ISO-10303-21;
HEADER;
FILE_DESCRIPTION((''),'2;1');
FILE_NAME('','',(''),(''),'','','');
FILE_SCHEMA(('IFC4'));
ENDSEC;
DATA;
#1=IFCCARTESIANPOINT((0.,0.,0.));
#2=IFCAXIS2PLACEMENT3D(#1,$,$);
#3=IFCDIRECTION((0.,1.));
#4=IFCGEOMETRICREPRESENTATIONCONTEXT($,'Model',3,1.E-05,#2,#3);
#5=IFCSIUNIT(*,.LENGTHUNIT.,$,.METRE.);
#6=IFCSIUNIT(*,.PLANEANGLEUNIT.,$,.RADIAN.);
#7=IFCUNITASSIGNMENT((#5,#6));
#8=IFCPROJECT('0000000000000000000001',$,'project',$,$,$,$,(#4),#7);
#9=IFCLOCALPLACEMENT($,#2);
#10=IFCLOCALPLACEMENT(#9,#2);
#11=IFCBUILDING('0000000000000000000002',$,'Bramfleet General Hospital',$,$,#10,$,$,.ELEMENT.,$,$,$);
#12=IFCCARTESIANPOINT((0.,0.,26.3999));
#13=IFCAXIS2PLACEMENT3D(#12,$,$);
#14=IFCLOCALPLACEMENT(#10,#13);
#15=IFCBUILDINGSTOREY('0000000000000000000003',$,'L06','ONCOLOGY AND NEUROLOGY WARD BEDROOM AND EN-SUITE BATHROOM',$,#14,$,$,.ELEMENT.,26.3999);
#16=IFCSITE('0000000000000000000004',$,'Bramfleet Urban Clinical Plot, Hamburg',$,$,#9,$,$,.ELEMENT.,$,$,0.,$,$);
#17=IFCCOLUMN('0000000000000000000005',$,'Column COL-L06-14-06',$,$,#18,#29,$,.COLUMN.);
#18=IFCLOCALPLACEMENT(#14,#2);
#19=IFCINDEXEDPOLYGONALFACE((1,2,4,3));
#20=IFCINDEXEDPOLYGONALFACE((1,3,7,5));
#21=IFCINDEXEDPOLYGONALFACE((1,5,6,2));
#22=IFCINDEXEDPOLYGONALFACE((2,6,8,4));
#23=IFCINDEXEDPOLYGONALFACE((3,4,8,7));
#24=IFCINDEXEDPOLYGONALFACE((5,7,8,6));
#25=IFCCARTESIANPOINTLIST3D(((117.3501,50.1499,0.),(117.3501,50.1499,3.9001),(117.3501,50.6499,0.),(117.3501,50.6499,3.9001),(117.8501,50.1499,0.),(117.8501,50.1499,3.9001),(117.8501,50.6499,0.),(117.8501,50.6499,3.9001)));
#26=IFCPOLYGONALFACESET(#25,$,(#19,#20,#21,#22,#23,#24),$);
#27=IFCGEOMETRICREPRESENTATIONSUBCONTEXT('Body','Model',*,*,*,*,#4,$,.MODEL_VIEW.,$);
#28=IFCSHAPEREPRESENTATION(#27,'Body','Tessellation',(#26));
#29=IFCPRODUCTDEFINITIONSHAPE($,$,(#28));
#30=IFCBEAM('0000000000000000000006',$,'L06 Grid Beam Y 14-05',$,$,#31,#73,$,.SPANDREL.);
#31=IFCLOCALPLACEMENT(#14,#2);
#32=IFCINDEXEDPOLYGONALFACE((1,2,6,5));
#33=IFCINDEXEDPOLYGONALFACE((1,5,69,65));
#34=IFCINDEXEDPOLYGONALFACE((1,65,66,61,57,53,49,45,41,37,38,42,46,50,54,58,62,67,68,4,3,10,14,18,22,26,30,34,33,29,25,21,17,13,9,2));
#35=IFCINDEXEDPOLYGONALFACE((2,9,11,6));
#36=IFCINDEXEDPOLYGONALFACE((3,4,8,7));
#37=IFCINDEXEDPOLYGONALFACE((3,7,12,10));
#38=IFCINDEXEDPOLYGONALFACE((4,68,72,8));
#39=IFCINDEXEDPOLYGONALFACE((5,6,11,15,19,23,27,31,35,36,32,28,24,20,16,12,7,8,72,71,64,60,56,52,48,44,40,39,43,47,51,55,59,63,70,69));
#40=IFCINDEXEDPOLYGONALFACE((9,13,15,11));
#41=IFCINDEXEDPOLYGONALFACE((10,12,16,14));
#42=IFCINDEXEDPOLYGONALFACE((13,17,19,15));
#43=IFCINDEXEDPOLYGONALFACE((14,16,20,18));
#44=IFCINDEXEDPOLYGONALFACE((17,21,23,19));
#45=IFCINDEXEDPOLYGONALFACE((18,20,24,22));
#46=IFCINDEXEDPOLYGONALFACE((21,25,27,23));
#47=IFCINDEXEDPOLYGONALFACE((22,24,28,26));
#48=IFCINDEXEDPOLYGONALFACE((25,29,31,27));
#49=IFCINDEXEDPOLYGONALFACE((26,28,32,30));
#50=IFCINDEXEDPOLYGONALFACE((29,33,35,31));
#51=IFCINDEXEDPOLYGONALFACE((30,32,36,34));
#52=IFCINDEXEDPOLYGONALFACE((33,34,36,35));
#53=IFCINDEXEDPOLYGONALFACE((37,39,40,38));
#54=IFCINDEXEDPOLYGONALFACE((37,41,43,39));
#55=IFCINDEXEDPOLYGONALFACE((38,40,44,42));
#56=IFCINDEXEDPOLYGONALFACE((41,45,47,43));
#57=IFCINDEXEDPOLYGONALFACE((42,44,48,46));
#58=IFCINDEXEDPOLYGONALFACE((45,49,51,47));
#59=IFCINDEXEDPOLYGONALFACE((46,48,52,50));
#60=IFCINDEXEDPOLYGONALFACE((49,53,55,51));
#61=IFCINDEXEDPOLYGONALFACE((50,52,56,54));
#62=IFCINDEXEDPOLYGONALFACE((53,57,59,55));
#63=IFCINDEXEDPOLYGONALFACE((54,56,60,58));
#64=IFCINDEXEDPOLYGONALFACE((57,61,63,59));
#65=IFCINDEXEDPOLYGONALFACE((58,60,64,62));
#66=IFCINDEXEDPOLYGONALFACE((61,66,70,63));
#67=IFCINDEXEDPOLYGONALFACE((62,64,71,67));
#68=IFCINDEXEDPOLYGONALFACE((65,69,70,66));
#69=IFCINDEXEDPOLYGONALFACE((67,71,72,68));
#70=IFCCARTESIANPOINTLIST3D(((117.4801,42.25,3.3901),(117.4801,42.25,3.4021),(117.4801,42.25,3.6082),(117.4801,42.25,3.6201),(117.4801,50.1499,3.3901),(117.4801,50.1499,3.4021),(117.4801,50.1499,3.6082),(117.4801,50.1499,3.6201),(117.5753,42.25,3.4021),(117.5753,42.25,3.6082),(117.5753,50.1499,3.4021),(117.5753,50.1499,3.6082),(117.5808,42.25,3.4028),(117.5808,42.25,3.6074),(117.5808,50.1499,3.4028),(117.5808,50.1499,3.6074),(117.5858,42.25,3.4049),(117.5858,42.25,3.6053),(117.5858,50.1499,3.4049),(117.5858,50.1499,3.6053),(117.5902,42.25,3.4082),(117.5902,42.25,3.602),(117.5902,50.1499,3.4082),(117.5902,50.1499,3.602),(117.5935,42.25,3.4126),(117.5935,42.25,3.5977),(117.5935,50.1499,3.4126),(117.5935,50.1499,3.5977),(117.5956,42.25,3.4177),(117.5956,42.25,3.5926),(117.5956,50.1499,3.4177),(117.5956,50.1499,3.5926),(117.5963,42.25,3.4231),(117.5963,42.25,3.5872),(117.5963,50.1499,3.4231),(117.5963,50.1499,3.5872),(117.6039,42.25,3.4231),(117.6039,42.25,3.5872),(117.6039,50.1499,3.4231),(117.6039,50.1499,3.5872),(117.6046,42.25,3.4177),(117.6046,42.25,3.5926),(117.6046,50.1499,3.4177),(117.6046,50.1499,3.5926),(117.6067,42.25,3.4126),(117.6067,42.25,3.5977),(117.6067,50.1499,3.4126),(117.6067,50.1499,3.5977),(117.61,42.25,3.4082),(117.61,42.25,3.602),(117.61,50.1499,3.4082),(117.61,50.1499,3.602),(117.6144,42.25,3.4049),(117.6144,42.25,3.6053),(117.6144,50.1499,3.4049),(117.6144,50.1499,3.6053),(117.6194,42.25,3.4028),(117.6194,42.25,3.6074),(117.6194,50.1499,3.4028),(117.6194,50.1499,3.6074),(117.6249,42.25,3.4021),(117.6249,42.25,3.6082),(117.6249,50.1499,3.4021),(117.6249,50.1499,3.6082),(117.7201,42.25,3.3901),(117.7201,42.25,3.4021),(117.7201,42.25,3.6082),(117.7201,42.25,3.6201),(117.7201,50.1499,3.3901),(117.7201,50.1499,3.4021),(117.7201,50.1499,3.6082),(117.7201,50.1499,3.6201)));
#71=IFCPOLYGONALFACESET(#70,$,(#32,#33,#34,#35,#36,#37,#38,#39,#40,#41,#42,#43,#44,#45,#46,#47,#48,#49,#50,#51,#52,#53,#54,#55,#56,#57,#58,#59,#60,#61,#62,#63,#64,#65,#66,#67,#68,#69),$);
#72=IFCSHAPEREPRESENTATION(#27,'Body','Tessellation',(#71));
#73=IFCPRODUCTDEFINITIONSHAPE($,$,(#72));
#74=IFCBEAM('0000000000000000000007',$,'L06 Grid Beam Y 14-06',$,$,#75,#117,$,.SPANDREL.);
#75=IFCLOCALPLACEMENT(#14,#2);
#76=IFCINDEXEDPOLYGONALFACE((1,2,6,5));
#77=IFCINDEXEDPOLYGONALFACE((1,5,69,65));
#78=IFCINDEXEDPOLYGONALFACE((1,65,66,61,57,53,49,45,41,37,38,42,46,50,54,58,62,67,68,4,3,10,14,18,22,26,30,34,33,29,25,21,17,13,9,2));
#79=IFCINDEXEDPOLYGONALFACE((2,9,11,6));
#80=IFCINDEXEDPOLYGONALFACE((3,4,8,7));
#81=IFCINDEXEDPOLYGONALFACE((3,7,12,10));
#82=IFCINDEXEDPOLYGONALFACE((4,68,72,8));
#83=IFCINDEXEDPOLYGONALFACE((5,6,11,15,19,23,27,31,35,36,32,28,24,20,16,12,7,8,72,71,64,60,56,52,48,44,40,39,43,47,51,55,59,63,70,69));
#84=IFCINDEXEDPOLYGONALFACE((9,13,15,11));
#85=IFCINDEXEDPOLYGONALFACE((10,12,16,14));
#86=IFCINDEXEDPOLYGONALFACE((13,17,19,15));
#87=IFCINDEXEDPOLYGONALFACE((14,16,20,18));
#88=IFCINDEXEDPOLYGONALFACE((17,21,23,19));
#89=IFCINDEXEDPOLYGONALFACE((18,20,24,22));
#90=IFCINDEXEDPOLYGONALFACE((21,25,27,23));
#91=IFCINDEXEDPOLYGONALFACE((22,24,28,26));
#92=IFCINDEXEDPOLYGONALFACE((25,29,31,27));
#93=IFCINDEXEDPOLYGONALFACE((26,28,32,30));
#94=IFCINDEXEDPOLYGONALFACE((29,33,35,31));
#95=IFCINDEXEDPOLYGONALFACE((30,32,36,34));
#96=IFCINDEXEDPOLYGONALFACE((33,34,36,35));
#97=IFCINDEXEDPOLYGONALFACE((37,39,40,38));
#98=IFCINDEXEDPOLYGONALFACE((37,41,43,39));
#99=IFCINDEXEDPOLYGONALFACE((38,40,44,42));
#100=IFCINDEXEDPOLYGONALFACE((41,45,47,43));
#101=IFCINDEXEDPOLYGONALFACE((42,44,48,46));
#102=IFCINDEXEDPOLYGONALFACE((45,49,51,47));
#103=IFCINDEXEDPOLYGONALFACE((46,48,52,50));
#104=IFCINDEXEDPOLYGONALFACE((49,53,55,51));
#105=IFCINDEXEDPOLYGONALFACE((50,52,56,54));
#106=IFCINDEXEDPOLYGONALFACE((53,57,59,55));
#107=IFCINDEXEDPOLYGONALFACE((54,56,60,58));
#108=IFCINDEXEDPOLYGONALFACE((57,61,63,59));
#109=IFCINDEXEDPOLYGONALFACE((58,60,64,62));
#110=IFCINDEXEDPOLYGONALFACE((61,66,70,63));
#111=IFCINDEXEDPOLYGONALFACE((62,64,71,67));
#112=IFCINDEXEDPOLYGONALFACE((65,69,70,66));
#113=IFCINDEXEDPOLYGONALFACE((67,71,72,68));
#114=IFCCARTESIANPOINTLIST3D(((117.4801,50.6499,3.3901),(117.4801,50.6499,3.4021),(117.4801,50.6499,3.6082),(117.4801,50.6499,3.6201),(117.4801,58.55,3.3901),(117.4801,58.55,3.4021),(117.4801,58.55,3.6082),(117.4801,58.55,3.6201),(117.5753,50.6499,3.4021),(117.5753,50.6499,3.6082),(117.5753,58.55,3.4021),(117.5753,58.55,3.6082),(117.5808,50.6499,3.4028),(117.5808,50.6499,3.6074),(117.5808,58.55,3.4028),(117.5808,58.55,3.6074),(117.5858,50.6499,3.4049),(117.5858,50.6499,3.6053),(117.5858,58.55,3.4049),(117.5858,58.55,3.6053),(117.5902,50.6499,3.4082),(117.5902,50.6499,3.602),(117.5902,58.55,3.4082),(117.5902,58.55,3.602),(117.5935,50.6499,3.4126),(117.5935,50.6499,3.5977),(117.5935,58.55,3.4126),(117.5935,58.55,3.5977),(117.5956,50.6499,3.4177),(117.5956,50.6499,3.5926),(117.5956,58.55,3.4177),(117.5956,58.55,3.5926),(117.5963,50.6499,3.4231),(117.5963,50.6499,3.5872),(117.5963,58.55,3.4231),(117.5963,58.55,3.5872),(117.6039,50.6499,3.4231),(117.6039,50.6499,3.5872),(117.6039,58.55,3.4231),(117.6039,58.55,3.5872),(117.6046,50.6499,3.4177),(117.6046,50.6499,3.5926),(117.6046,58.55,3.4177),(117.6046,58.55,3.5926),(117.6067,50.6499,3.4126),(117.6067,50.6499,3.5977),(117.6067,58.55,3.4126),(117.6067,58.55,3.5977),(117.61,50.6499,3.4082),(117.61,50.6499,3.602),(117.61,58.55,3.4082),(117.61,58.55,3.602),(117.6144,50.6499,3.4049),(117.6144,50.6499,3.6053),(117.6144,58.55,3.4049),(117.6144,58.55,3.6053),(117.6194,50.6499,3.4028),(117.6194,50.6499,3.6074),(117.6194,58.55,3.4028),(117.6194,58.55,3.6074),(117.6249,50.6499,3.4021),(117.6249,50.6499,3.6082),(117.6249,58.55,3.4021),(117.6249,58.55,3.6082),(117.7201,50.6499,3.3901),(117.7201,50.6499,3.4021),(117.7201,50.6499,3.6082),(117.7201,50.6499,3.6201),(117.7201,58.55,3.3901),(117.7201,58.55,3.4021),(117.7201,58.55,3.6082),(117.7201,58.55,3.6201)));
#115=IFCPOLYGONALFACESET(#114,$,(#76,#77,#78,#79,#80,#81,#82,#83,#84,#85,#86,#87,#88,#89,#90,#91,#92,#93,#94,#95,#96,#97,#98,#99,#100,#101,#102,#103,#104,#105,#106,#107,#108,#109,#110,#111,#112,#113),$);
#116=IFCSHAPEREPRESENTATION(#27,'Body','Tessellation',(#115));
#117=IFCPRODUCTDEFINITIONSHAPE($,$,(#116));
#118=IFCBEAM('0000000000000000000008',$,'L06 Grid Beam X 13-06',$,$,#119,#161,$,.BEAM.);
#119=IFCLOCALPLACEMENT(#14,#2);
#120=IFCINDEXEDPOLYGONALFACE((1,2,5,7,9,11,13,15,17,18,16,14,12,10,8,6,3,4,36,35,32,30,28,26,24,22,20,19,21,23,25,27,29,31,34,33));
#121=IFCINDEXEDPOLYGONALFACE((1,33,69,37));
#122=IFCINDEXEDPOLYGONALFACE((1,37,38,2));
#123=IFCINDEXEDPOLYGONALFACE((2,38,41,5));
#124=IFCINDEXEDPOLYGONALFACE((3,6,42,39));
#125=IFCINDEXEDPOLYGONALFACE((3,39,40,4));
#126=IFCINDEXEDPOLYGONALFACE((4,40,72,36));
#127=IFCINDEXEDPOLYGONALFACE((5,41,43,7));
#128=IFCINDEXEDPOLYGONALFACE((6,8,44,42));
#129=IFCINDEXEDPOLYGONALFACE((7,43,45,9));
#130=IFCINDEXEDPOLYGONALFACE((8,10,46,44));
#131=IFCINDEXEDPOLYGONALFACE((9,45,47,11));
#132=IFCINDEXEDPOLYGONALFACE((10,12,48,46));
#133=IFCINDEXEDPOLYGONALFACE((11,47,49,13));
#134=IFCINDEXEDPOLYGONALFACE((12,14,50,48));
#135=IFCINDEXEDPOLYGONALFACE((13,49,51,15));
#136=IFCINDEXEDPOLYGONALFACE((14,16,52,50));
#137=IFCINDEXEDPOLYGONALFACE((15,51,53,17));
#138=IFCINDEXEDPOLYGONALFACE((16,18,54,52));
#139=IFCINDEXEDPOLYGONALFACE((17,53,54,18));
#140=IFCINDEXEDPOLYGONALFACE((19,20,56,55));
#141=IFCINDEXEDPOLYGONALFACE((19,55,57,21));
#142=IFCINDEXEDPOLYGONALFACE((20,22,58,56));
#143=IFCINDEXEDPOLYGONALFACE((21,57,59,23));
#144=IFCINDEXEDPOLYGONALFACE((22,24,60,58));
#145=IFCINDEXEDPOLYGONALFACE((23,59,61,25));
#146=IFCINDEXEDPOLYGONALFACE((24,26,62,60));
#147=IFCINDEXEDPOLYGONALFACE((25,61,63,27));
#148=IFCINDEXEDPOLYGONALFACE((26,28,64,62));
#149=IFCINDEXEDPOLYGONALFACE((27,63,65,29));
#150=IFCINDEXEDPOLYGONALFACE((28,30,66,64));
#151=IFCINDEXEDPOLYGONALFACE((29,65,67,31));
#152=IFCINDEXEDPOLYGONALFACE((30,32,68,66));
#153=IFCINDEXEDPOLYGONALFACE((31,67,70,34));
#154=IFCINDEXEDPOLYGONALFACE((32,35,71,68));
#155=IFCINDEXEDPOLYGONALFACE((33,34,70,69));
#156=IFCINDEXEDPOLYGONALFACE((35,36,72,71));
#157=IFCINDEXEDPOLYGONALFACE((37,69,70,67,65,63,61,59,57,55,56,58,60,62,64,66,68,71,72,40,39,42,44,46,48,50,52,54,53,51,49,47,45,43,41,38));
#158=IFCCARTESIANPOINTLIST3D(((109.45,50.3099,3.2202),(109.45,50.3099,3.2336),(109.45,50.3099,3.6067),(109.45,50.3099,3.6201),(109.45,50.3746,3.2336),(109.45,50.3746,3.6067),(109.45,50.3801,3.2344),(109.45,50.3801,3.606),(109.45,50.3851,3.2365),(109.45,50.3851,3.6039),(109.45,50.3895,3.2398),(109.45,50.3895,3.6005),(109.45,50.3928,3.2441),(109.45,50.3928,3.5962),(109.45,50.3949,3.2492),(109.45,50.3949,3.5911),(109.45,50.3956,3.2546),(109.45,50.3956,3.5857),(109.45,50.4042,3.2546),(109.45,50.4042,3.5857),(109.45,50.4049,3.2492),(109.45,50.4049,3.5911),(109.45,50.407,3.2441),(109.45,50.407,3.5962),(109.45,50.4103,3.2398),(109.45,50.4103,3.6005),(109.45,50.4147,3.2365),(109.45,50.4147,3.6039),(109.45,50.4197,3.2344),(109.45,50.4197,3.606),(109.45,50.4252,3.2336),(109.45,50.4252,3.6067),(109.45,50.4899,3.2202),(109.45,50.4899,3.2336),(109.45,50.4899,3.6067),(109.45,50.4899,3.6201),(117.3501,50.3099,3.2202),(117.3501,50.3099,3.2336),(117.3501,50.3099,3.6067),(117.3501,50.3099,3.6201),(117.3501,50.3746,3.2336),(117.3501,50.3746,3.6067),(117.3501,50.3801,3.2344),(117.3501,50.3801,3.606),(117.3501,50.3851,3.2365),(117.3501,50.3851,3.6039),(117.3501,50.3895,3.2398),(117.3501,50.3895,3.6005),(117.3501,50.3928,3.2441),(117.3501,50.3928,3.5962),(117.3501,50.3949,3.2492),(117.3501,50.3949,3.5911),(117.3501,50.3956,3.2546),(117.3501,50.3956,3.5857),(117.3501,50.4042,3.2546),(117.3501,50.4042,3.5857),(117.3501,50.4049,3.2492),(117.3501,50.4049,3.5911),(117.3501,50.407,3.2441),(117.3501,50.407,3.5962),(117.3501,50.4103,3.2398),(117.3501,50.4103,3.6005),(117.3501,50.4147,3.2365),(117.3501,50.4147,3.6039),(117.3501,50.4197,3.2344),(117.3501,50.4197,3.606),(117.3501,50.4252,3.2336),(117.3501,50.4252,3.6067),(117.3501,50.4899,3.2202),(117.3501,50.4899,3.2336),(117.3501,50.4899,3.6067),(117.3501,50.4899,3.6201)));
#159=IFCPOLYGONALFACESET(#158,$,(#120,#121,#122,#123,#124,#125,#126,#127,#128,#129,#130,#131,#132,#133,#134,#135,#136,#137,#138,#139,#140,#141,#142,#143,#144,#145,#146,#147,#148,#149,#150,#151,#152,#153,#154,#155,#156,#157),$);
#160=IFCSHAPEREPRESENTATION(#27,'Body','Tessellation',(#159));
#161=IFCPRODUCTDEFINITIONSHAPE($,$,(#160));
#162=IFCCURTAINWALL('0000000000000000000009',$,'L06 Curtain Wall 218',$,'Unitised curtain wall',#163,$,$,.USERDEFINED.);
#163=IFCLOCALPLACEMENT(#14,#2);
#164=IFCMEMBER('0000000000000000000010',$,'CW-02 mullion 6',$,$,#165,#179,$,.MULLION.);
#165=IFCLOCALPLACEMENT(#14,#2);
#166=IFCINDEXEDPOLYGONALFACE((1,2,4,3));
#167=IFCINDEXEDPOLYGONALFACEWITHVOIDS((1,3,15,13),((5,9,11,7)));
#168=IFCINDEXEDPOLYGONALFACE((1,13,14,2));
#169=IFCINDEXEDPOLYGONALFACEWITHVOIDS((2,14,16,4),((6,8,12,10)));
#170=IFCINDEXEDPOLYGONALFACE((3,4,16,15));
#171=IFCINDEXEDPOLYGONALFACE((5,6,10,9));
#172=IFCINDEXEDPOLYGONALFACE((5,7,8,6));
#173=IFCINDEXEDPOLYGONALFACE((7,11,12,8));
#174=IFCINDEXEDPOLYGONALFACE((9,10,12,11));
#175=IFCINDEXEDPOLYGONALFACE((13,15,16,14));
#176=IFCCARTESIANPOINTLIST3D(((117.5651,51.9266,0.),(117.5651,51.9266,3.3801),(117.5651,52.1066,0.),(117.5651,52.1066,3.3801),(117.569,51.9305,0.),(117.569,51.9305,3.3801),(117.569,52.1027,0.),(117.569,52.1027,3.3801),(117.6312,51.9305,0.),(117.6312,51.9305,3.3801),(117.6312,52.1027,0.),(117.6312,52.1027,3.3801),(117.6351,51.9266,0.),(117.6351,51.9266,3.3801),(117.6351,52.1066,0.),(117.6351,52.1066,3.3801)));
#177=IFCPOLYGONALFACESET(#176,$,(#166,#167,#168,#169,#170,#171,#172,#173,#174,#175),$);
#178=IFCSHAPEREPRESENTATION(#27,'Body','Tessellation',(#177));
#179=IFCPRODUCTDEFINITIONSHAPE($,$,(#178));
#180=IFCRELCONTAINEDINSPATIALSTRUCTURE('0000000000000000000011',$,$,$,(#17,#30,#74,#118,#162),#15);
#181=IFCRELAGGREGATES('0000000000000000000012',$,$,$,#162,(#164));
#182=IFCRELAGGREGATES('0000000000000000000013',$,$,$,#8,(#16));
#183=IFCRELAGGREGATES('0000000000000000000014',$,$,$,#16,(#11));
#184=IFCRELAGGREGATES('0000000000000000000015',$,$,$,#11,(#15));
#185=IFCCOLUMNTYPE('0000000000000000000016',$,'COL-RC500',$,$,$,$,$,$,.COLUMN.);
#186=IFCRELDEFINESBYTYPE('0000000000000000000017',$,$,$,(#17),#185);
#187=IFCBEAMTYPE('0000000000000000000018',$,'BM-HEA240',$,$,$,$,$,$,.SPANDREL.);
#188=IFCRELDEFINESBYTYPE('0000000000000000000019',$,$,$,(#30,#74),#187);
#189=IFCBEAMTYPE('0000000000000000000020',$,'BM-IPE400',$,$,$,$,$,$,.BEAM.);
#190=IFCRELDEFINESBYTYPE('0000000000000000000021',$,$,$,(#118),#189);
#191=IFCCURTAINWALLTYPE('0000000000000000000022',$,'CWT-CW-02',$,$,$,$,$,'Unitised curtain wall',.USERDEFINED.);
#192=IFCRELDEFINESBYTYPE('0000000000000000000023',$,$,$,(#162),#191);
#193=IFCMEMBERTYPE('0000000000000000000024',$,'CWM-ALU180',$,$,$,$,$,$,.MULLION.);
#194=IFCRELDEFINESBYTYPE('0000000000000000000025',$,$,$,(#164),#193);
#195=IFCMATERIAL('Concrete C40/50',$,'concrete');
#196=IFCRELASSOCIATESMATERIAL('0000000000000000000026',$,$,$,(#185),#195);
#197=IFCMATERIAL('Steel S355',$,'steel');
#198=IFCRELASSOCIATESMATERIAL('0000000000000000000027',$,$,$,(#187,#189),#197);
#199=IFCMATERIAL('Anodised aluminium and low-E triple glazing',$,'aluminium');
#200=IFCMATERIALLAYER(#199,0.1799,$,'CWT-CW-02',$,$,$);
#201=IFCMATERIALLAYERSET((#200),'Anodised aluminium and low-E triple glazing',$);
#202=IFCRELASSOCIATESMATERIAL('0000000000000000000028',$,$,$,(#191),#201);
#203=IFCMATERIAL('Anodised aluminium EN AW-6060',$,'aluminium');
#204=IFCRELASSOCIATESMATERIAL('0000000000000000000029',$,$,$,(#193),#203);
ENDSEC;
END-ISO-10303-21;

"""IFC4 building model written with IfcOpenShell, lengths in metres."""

from ifc_helpers import new_model, si_unit, direction, frame, origin, origin_2d, place, context, subcontext, project, spatial, rectangle, hollow_rectangle, i_section, extrude, material, layer, layer_set, material_profile, profile_set, type_object, element, aggregate, save


model = new_model("IFC4")

# Units and contexts
model_context = context("Model", 3, precision=1e-05, world=origin(), true_north=direction((0.0, 1.0)))
body_context = subcontext(model_context, "Body", "Model", "MODEL_VIEW")
ifc_project = project(units=[si_unit("LENGTHUNIT", "METRE"), si_unit("PLANEANGLEUNIT", "RADIAN")], contexts=[model_context])

# Site, building, storey
site_placement = place(None, origin())
site = spatial("IfcSite", under=ifc_project, at=site_placement, Name="Bramfleet Urban Clinical Plot, Hamburg", CompositionType="ELEMENT", RefElevation=0.0)
building_placement = place(site_placement, origin())
building = spatial("IfcBuilding", under=site, at=building_placement, Name="Bramfleet General Hospital", CompositionType="ELEMENT")
storey_placement = place(building_placement, frame((0.0, 0.0, 26.3999)))
storey = spatial("IfcBuildingStorey", under=building, at=storey_placement, Name="L06", Description="ONCOLOGY AND NEUROLOGY WARD BEDROOM AND EN-SUITE BATHROOM", CompositionType="ELEMENT", Elevation=26.3999)

# Column
ifc_material_1 = material(Name="Concrete C40/50", Category="concrete")
ifc_material_profile_1 = material_profile(ifc_material_1, rectangle(XDim=0.5, YDim=0.5, at=origin_2d()), Name="RC COL 500x500")
ifc_profile_set_1 = profile_set([ifc_material_profile_1], Name="Concrete C40/50")
column_type = type_object("IfcColumnType", Name="COL-RC500", PredefinedType="COLUMN", material=ifc_profile_set_1)
column_placement = place(storey_placement, frame((117.6001, 50.3999, 0.0), z_axis=(0.0, 0.0, 1.0), x_axis=(1.0, 0.0, 0.0)))
element("IfcColumn", 1, at=column_placement, inside=storey, type_object=column_type, Name="Column COL-L06-14-06", PredefinedType="COLUMN", context=body_context, shape_type="SweptSolid", body=[
    extrude(rectangle(XDim=0.5, YDim=0.5, at=origin_2d()), origin(), (0.0, 0.0, 1.0), 3.9001),
])

# Beams
ifc_material_2 = material(Name="Steel S355", Category="steel")
ifc_material_profile_2 = material_profile(ifc_material_2, i_section(OverallWidth=0.24, OverallDepth=0.23, WebThickness=0.0076, FlangeThickness=0.012, FilletRadius=0.021, at=origin_2d()), Name="HEA 240")
ifc_profile_set_2 = profile_set([ifc_material_profile_2], Name="Steel S355")
beam_type_1 = type_object("IfcBeamType", Name="BM-HEA240", PredefinedType="SPANDREL", material=ifc_profile_set_2)
beam_1_placement = place(storey_placement, frame((117.6001, 42.25, 3.5051), z_axis=(0.0, 1.0, 0.0), x_axis=(-1.0, 0.0, 0.0)))
element("IfcBeam", 2, at=beam_1_placement, inside=storey, type_object=beam_type_1, Name="L06 Grid Beam Y 14-05", PredefinedType="SPANDREL", context=body_context, shape_type="SweptSolid", body=[
    extrude(i_section(OverallWidth=0.24, OverallDepth=0.23, WebThickness=0.0076, FlangeThickness=0.012, FilletRadius=0.021, at=origin_2d()), origin(), (0.0, 0.0, 1.0), 7.8999),
])
beam_2_placement = place(storey_placement, frame((117.6001, 50.6499, 3.5051), z_axis=(0.0, 1.0, 0.0), x_axis=(-1.0, 0.0, 0.0)))
element("IfcBeam", 3, at=beam_2_placement, inside=storey, type_object=beam_type_1, Name="L06 Grid Beam Y 14-06", PredefinedType="SPANDREL", context=body_context, shape_type="SweptSolid", body=[
    extrude(i_section(OverallWidth=0.24, OverallDepth=0.23, WebThickness=0.0076, FlangeThickness=0.012, FilletRadius=0.021, at=origin_2d()), origin(), (0.0, 0.0, 1.0), 7.9001),
])
ifc_material_profile_3 = material_profile(ifc_material_2, i_section(OverallWidth=0.1799, OverallDepth=0.3999, WebThickness=0.0085, FlangeThickness=0.0134, FilletRadius=0.021, at=origin_2d()), Name="IPE 400")
ifc_profile_set_3 = profile_set([ifc_material_profile_3], Name="Steel S355")
beam_type_2 = type_object("IfcBeamType", Name="BM-IPE400", PredefinedType="BEAM", material=ifc_profile_set_3)
beam_3_placement = place(storey_placement, frame((109.45, 50.3999, 3.4202), z_axis=(1.0, 0.0, 0.0), x_axis=(0.0, 1.0, 0.0)))
element("IfcBeam", 4, at=beam_3_placement, inside=storey, type_object=beam_type_2, Name="L06 Grid Beam X 13-06", PredefinedType="BEAM", context=body_context, shape_type="SweptSolid", body=[
    extrude(i_section(OverallWidth=0.1799, OverallDepth=0.3999, WebThickness=0.0085, FlangeThickness=0.0134, FilletRadius=0.021, at=origin_2d()), origin(), (0.0, 0.0, 1.0), 7.9001),
])

# Curtain wall, member
ifc_material_3 = material(Name="Anodised aluminium and low-E triple glazing", Category="aluminium")
ifc_layer_1 = layer(ifc_material_3, 0.1799, Name="CWT-CW-02")
ifc_layer_set_1 = layer_set([ifc_layer_1], Name="Anodised aluminium and low-E triple glazing")
curtain_wall_type = type_object("IfcCurtainWallType", Name="CWT-CW-02", ElementType="Unitised curtain wall", PredefinedType="USERDEFINED", material=ifc_layer_set_1)
curtain_wall_placement = place(storey_placement, origin())
curtain_wall = element("IfcCurtainWall", 5, at=curtain_wall_placement, inside=storey, type_object=curtain_wall_type, Name="L06 Curtain Wall 218", ObjectType="Unitised curtain wall", PredefinedType="USERDEFINED")
ifc_material_4 = material(Name="Anodised aluminium EN AW-6060", Category="aluminium")
ifc_material_profile_4 = material_profile(ifc_material_4, hollow_rectangle(XDim=0.0701, YDim=0.1799, WallThickness=0.0039, at=origin_2d()), Name="ALU 180x70x4.0")
ifc_profile_set_4 = profile_set([ifc_material_profile_4], Name="Anodised aluminium EN AW-6060")
member_type_1 = type_object("IfcMemberType", Name="CWM-ALU180", PredefinedType="MULLION", material=ifc_profile_set_4)
member_1_placement = place(storey_placement, frame((117.6001, 52.0166, 0.0), z_axis=(0.0, 0.0, 1.0), x_axis=(1.0, 0.0, 0.0)))
member_1 = element("IfcMember", 6, at=member_1_placement, type_object=member_type_1, Name="CW-02 mullion 6", PredefinedType="MULLION", context=body_context, shape_type="SweptSolid", body=[
    extrude(hollow_rectangle(XDim=0.0701, YDim=0.1799, WallThickness=0.0039, at=origin_2d()), origin(), (0.0, 0.0, 1.0), 3.3801),
])
aggregate(curtain_wall, [member_1])

save(model, "model.ifc")
